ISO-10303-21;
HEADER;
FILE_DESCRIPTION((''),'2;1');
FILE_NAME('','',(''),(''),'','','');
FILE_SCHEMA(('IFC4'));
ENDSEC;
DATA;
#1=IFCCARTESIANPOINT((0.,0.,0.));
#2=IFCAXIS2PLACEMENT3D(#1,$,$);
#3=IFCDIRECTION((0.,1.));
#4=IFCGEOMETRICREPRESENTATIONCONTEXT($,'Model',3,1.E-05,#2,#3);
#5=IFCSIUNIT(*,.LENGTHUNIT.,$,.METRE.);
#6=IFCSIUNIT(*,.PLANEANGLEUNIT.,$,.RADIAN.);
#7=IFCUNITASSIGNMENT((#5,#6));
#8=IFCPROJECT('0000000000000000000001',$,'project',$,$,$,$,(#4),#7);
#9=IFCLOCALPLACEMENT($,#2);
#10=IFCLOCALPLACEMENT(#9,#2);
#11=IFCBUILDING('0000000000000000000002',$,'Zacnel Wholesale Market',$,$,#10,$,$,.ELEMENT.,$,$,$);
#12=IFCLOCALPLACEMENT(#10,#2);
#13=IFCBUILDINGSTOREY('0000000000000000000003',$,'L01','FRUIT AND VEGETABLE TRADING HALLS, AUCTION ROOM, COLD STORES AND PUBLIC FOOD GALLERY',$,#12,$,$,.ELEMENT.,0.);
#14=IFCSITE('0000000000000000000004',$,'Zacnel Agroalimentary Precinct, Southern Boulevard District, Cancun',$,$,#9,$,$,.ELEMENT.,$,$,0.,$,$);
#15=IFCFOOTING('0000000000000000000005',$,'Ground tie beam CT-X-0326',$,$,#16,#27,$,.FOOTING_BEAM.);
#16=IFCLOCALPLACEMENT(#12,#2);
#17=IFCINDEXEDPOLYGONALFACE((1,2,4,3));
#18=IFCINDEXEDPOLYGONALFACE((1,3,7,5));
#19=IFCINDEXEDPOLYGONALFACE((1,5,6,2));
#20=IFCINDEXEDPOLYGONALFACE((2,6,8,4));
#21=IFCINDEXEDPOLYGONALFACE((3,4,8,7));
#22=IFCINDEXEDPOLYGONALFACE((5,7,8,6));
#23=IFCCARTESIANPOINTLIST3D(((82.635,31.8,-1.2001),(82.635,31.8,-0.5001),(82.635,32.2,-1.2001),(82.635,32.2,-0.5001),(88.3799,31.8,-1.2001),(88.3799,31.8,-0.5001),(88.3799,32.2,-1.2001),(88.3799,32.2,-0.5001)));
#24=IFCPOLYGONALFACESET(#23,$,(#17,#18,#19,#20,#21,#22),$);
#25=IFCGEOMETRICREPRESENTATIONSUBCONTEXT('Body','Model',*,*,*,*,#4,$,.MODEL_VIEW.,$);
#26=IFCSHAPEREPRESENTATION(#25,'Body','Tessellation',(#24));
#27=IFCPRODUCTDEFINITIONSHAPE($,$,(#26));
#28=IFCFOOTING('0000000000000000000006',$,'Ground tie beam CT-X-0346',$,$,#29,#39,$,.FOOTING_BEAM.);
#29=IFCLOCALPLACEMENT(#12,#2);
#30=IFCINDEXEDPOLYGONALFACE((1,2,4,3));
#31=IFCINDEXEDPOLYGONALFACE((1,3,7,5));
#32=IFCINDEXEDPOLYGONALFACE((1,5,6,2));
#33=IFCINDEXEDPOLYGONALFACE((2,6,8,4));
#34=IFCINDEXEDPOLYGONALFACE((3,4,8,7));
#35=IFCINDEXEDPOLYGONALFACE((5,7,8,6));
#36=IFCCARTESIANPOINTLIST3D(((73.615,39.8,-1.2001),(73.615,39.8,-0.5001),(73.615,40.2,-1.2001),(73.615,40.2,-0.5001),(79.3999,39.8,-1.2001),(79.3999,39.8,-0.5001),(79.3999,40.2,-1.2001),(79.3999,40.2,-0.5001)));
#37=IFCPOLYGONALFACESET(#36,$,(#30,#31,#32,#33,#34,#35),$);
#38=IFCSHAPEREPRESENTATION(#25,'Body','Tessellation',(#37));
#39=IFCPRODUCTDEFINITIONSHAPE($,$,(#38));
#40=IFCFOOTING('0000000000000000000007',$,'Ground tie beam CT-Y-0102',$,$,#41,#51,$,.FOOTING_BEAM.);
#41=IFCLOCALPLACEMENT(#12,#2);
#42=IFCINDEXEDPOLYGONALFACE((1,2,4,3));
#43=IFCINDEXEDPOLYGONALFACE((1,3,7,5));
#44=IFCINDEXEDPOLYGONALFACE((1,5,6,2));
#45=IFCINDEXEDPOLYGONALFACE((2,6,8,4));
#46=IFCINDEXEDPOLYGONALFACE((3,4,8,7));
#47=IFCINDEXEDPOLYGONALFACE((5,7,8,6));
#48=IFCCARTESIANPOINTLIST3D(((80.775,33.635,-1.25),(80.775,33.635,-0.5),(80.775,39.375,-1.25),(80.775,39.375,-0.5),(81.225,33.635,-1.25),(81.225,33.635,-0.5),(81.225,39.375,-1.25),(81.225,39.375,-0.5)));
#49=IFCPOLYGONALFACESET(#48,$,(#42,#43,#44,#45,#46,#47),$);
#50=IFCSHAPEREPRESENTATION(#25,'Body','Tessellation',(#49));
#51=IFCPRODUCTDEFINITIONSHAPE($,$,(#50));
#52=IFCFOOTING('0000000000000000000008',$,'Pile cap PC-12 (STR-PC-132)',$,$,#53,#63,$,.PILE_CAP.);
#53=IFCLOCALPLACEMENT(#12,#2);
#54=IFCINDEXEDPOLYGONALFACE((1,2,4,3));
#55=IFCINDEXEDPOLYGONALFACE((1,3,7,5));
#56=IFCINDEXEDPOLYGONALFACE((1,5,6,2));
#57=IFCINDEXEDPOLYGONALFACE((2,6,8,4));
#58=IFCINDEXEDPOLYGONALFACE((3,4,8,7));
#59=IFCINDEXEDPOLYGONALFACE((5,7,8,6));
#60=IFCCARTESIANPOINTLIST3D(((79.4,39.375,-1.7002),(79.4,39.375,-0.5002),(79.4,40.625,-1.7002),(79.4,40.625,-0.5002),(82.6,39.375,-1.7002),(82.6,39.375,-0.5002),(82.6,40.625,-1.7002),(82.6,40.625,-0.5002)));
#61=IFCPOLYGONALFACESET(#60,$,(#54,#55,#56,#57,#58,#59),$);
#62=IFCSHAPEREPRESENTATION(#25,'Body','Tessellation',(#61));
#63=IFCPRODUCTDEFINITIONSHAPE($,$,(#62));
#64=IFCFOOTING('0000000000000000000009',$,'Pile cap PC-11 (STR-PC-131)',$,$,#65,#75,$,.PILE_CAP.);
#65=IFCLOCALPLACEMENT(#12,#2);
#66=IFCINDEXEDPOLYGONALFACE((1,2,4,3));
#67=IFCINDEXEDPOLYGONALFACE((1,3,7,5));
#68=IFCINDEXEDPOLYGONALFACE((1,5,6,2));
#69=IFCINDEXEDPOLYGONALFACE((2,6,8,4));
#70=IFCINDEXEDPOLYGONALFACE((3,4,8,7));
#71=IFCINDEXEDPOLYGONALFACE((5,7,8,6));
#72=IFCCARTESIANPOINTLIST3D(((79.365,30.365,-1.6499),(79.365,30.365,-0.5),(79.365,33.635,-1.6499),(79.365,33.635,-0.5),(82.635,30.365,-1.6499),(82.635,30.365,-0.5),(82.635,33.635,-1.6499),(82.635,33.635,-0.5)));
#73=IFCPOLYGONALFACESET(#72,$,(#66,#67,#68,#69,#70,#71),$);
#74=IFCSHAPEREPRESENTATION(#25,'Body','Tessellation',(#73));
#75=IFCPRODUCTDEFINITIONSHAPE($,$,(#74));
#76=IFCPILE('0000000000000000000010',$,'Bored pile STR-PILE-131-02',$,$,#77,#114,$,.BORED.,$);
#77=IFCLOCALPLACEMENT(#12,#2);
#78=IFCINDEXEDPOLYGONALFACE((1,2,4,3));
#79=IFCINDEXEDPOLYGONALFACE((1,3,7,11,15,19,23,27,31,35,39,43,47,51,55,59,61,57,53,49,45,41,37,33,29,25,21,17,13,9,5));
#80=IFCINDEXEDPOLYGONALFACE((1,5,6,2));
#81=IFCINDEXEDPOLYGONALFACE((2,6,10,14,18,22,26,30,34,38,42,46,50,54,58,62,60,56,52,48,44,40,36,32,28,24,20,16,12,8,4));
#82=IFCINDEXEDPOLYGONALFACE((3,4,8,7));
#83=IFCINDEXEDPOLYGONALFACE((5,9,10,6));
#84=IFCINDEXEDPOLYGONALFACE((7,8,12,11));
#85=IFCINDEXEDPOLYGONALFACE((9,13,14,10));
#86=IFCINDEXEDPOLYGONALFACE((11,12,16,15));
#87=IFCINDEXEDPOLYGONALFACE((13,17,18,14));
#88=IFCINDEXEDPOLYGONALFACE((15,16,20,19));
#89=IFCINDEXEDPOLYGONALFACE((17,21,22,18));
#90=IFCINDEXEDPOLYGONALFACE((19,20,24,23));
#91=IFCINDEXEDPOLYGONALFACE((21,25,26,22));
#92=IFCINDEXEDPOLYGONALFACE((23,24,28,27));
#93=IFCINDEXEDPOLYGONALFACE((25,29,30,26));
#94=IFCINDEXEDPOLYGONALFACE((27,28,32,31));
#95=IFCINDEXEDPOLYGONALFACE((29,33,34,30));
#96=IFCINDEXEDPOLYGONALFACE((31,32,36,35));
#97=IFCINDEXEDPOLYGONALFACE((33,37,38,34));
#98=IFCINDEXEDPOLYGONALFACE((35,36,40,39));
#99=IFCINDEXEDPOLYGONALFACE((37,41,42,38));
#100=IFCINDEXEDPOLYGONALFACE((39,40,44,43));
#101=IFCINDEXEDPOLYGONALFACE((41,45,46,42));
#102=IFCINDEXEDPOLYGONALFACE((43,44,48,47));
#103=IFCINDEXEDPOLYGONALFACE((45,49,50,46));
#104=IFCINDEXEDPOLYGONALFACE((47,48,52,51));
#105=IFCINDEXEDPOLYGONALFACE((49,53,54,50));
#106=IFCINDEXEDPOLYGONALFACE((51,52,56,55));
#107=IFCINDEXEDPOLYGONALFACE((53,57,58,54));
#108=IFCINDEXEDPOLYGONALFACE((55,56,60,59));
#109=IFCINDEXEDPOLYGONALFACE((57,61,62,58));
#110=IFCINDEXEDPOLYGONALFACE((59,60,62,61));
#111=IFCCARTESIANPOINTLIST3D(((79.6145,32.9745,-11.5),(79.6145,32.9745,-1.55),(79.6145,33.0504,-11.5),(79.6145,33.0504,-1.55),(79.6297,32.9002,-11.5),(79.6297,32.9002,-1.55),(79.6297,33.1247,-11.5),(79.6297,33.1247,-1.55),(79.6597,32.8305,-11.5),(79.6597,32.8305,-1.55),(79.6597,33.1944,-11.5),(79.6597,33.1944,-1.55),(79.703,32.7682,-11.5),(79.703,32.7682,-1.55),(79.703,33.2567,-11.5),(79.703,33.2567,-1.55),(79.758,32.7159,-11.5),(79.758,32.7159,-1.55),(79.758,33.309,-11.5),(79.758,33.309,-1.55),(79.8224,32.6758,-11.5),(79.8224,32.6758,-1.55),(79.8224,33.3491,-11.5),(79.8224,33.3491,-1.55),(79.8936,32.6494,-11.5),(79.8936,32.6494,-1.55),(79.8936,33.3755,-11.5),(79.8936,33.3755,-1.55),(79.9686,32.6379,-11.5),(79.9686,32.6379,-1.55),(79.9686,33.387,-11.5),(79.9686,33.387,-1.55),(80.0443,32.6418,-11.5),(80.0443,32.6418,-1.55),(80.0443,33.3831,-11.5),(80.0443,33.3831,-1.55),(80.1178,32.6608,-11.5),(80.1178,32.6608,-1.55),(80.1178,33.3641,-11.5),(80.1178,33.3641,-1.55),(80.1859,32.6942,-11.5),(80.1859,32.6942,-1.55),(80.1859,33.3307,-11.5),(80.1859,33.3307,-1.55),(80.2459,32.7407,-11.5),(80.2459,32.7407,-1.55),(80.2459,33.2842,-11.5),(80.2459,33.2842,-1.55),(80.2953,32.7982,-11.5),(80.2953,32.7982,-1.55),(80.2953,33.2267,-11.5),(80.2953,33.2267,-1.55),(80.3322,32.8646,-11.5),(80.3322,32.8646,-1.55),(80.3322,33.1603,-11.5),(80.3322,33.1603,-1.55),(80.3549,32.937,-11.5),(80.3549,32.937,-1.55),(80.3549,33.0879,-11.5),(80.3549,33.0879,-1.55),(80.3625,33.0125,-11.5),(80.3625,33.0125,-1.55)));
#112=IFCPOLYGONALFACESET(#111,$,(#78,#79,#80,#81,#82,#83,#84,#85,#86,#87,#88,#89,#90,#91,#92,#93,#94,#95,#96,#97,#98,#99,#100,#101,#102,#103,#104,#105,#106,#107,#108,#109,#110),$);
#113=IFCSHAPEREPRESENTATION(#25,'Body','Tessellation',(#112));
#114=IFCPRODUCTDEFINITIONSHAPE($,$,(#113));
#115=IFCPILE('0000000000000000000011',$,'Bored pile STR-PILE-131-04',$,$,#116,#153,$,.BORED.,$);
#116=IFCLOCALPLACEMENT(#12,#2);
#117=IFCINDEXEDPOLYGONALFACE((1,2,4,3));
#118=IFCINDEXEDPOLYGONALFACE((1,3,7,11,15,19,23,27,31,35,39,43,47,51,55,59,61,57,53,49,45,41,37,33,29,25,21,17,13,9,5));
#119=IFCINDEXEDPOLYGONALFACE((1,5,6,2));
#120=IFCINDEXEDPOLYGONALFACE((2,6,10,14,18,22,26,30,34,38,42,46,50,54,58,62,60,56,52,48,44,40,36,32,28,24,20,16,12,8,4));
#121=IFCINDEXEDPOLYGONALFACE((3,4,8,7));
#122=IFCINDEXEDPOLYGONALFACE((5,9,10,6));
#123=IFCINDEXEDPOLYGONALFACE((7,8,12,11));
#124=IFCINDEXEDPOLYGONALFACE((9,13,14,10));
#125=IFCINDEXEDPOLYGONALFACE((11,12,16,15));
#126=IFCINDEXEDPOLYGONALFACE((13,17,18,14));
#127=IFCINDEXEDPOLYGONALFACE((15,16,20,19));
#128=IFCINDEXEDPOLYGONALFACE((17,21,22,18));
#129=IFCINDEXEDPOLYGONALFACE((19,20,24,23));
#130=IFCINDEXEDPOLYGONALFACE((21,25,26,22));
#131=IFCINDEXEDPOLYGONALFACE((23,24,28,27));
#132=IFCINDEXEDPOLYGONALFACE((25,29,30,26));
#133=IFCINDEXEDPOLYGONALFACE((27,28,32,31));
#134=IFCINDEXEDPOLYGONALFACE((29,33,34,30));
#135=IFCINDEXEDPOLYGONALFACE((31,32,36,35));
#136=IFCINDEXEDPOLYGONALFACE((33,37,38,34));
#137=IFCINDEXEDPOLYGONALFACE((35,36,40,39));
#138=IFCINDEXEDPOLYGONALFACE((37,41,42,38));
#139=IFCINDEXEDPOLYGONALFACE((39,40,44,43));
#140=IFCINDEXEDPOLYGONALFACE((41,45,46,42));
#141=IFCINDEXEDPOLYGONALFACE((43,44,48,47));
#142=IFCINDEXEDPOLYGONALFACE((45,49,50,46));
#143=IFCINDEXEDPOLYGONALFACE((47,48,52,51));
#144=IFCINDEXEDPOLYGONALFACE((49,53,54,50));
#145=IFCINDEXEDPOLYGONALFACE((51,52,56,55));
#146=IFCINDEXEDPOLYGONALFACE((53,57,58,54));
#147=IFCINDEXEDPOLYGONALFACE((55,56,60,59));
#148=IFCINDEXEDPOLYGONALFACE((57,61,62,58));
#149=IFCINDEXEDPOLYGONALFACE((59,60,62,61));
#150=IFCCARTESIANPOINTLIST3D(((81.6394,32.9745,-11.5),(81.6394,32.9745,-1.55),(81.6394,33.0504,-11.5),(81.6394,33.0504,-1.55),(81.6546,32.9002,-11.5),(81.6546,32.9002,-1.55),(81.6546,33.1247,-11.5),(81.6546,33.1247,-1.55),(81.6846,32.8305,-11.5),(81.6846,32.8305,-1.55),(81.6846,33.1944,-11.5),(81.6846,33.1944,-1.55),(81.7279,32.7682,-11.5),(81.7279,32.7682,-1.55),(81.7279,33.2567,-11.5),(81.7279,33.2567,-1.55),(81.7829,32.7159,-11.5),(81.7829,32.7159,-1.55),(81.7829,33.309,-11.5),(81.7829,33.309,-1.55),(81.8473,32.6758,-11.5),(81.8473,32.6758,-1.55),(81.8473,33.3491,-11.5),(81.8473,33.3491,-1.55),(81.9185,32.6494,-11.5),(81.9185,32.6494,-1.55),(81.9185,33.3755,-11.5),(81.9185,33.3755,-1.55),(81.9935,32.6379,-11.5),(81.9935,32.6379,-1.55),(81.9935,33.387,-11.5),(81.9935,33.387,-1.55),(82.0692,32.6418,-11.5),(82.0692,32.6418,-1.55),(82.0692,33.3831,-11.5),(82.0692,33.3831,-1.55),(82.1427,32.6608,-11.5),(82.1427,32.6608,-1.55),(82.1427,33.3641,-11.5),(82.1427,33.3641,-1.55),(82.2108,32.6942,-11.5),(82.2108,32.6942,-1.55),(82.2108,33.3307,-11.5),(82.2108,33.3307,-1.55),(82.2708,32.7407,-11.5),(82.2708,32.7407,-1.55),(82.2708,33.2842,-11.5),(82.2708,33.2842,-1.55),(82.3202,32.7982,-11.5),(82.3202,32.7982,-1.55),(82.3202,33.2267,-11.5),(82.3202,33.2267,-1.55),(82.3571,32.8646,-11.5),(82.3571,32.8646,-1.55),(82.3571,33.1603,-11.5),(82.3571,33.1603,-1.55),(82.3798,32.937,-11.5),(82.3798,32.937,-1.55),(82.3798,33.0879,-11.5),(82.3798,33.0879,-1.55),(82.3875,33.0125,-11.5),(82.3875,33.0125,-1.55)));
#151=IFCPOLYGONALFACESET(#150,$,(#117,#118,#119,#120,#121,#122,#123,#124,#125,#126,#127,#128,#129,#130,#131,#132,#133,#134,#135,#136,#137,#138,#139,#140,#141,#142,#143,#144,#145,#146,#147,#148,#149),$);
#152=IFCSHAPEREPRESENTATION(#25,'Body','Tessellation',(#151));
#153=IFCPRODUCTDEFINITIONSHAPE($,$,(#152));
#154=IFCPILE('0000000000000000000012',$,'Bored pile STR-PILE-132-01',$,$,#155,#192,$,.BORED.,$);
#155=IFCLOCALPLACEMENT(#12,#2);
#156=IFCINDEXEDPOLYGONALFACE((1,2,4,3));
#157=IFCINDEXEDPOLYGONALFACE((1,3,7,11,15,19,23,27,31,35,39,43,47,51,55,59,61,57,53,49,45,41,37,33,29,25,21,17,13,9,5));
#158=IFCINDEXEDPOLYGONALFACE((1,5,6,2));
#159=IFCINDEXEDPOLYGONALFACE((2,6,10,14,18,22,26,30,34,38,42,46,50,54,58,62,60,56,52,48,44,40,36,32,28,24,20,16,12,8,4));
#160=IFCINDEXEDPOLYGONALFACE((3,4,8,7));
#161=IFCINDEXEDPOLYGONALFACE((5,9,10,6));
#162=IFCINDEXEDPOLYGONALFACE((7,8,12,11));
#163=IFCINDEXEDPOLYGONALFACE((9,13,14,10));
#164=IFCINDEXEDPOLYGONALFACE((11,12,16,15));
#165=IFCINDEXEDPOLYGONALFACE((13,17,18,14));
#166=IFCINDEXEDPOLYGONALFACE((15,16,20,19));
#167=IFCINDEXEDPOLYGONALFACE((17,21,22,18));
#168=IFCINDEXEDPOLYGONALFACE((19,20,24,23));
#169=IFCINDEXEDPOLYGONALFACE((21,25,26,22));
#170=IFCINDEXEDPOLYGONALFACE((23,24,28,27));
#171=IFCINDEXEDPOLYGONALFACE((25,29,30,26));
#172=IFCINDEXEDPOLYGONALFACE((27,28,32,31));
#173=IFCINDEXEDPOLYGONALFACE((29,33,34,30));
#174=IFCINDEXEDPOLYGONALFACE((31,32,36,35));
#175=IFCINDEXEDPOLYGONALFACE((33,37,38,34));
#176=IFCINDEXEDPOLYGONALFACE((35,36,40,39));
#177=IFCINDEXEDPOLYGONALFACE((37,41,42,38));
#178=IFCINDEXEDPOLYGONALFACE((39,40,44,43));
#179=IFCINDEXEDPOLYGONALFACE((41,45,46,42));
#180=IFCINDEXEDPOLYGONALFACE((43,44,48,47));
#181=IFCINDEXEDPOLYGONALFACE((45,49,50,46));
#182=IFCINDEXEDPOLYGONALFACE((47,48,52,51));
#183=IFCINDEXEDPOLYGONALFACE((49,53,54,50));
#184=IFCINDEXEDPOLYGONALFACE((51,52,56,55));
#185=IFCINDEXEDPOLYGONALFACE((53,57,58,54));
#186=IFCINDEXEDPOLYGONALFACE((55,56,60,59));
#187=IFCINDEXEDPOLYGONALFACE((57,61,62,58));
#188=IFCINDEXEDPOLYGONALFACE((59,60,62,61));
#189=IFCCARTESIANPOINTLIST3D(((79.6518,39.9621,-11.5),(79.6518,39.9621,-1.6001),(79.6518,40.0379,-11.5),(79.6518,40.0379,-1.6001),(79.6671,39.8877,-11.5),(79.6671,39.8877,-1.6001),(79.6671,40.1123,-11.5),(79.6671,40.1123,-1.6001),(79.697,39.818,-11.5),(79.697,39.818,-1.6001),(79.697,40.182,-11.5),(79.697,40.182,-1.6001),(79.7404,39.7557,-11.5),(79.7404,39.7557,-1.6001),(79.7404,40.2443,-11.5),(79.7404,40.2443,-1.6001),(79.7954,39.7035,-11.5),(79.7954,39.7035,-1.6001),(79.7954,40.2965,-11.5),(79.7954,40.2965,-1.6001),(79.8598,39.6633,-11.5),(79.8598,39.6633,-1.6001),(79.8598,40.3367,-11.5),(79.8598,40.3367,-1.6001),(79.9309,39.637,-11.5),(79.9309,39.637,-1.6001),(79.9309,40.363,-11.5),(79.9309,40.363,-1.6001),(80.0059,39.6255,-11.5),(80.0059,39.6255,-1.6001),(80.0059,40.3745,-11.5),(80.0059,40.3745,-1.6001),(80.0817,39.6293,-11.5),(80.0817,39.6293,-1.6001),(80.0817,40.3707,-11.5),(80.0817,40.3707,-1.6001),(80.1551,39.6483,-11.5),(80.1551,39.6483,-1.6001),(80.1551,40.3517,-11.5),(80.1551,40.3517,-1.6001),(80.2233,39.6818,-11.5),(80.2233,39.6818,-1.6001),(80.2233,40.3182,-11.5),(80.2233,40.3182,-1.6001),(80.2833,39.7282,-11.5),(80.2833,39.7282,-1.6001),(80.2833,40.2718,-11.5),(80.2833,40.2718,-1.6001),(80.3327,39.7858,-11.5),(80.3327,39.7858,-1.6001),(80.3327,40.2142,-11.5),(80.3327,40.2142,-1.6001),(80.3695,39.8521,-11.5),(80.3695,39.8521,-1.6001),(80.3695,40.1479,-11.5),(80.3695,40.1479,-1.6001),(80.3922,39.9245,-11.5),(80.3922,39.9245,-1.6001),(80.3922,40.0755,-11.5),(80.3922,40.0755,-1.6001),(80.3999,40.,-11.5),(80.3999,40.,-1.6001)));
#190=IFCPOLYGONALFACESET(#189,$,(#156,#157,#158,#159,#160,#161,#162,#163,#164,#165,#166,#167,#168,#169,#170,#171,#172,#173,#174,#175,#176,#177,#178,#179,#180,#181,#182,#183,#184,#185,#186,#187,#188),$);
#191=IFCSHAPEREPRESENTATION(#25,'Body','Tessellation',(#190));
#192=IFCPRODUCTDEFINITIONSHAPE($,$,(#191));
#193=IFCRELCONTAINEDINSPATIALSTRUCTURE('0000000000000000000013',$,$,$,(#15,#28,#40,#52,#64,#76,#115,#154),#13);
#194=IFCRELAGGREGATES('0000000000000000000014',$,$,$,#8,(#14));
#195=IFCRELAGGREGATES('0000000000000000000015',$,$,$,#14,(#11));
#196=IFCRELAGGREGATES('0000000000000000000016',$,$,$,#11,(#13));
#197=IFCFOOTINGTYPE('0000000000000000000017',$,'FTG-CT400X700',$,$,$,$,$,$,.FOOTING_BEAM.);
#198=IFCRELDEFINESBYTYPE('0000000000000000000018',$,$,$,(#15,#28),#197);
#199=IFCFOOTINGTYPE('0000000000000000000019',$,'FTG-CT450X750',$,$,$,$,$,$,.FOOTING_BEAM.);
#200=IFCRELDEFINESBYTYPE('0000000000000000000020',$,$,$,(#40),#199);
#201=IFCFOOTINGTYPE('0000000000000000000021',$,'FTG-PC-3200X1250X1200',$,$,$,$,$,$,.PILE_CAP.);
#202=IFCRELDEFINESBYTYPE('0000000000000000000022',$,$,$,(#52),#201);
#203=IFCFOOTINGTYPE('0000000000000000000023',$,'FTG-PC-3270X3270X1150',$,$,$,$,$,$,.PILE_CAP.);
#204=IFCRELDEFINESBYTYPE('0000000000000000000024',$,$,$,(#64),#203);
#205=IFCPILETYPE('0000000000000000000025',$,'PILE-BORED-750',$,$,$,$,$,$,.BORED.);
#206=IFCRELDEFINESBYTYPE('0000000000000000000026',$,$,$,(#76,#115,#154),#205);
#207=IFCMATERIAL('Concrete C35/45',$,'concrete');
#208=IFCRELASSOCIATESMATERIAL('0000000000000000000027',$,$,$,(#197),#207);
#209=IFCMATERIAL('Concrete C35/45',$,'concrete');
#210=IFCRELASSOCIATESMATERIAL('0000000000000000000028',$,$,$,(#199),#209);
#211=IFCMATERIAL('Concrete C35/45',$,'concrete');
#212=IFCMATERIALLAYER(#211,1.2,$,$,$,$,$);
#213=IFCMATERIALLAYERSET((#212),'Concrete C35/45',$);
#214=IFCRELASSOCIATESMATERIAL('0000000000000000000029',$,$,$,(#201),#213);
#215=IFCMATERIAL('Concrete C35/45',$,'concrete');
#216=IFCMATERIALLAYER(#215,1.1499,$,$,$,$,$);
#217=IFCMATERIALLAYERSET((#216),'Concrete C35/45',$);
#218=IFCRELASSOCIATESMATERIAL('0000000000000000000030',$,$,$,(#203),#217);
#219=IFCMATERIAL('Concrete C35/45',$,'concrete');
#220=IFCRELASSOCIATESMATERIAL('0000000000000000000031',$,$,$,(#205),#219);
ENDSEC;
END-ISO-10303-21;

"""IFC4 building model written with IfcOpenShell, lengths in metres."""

from ifc_helpers import new_model, si_unit, direction, frame, origin, origin_2d, place, context, subcontext, project, spatial, rectangle, circle, extrude, material, layer, layer_set, material_profile, profile_set, type_object, element, save


model = new_model("IFC4")

# Units and contexts
model_context = context("Model", 3, precision=1e-05, world=origin(), true_north=direction((0.0, 1.0)))
body_context = subcontext(model_context, "Body", "Model", "MODEL_VIEW")
ifc_project = project(units=[si_unit("LENGTHUNIT", "METRE"), si_unit("PLANEANGLEUNIT", "RADIAN")], contexts=[model_context])

# Site, building, storey
site_placement = place(None, origin())
site = spatial("IfcSite", under=ifc_project, at=site_placement, Name="Zacnel Agroalimentary Precinct, Southern Boulevard District, Cancun", CompositionType="ELEMENT", RefElevation=0.0)
building_placement = place(site_placement, origin())
building = spatial("IfcBuilding", under=site, at=building_placement, Name="Zacnel Wholesale Market", CompositionType="ELEMENT")
storey_placement = place(building_placement, origin())
storey = spatial("IfcBuildingStorey", under=building, at=storey_placement, Name="L01", Description="FRUIT AND VEGETABLE TRADING HALLS, AUCTION ROOM, COLD STORES AND PUBLIC FOOD GALLERY", CompositionType="ELEMENT", Elevation=0.0)

# Footings
ifc_material_1 = material(Name="Concrete C35/45", Category="concrete")
ifc_material_profile_1 = material_profile(ifc_material_1, rectangle(XDim=0.3999, YDim=0.7, at=origin_2d()), Name="CT 400x700")
ifc_profile_set_1 = profile_set([ifc_material_profile_1], Name="Concrete C35/45")
footing_type_1 = type_object("IfcFootingType", Name="FTG-CT400X700", PredefinedType="FOOTING_BEAM", material=ifc_profile_set_1)
footing_1_placement = place(storey_placement, frame((82.635, 32.0, -0.8501), z_axis=(1.0, 0.0, 0.0), x_axis=(0.0, 1.0, 0.0)))
element("IfcFooting", 1, at=footing_1_placement, inside=storey, type_object=footing_type_1, Name="Ground tie beam CT-X-0326", PredefinedType="FOOTING_BEAM", context=body_context, shape_type="SweptSolid", body=[
    extrude(rectangle(XDim=0.3999, YDim=0.7, at=origin_2d()), origin(), (0.0, 0.0, 1.0), 5.7449),
])
footing_2_placement = place(storey_placement, frame((73.615, 40.0, -0.8501), z_axis=(1.0, 0.0, 0.0), x_axis=(0.0, 1.0, 0.0)))
element("IfcFooting", 2, at=footing_2_placement, inside=storey, type_object=footing_type_1, Name="Ground tie beam CT-X-0346", PredefinedType="FOOTING_BEAM", context=body_context, shape_type="SweptSolid", body=[
    extrude(rectangle(XDim=0.3999, YDim=0.7, at=origin_2d()), origin(), (0.0, 0.0, 1.0), 5.7849),
])
ifc_material_2 = material(Name="Concrete C35/45", Category="concrete")
ifc_material_profile_2 = material_profile(ifc_material_2, rectangle(XDim=0.45, YDim=0.75, at=origin_2d()), Name="CT 450x750")
ifc_profile_set_2 = profile_set([ifc_material_profile_2], Name="Concrete C35/45")
footing_type_2 = type_object("IfcFootingType", Name="FTG-CT450X750", PredefinedType="FOOTING_BEAM", material=ifc_profile_set_2)
footing_3_placement = place(storey_placement, frame((81.0, 33.635, -0.875), z_axis=(0.0, 1.0, 0.0), x_axis=(-1.0, 0.0, 0.0)))
element("IfcFooting", 3, at=footing_3_placement, inside=storey, type_object=footing_type_2, Name="Ground tie beam CT-Y-0102", PredefinedType="FOOTING_BEAM", context=body_context, shape_type="SweptSolid", body=[
    extrude(rectangle(XDim=0.45, YDim=0.75, at=origin_2d()), origin(), (0.0, 0.0, 1.0), 5.74),
])
ifc_material_3 = material(Name="Concrete C35/45", Category="concrete")
ifc_layer_1 = layer(ifc_material_3, 1.2)
ifc_layer_set_1 = layer_set([ifc_layer_1], Name="Concrete C35/45")
footing_type_3 = type_object("IfcFootingType", Name="FTG-PC-3200X1250X1200", PredefinedType="PILE_CAP", material=ifc_layer_set_1)
footing_4_placement = place(storey_placement, frame((81.0, 40.0, -1.7002), z_axis=(0.0, 0.0, 1.0), x_axis=(1.0, 0.0, 0.0)))
element("IfcFooting", 4, at=footing_4_placement, inside=storey, type_object=footing_type_3, Name="Pile cap PC-12 (STR-PC-132)", PredefinedType="PILE_CAP", context=body_context, shape_type="SweptSolid", body=[
    extrude(rectangle(XDim=3.2, YDim=1.25, at=origin_2d()), origin(), (0.0, 0.0, 1.0), 1.2),
])
ifc_material_4 = material(Name="Concrete C35/45", Category="concrete")
ifc_layer_2 = layer(ifc_material_4, 1.1499)
ifc_layer_set_2 = layer_set([ifc_layer_2], Name="Concrete C35/45")
footing_type_4 = type_object("IfcFootingType", Name="FTG-PC-3270X3270X1150", PredefinedType="PILE_CAP", material=ifc_layer_set_2)
footing_5_placement = place(storey_placement, frame((81.0, 32.0, -1.6499), z_axis=(0.0, 0.0, 1.0), x_axis=(1.0, 0.0, 0.0)))
element("IfcFooting", 5, at=footing_5_placement, inside=storey, type_object=footing_type_4, Name="Pile cap PC-11 (STR-PC-131)", PredefinedType="PILE_CAP", context=body_context, shape_type="SweptSolid", body=[
    extrude(rectangle(XDim=3.27, YDim=3.27, at=origin_2d()), origin(), (0.0, 0.0, 1.0), 1.1499),
])

# Piles
ifc_material_5 = material(Name="Concrete C35/45", Category="concrete")
ifc_material_profile_3 = material_profile(ifc_material_5, circle(Radius=0.375, at=origin_2d()), Name="BORED PILE D750")
ifc_profile_set_3 = profile_set([ifc_material_profile_3], Name="Concrete C35/45")
pile_type = type_object("IfcPileType", Name="PILE-BORED-750", PredefinedType="BORED", material=ifc_profile_set_3)
for number, where, z_axis, x_axis, name in (
    (6, (79.9875, 33.0125, -1.55), (0.0, 0.0, -1.0), (1.0, 0.0, 0.0), "Bored pile STR-PILE-131-02"),
    (7, (82.0125, 33.0125, -1.55), (0.0, 0.0, -1.0), (1.0, 0.0, 0.0), "Bored pile STR-PILE-131-04"),
):
    element("IfcPile", number, at=place(storey_placement, frame(where, z_axis=z_axis, x_axis=x_axis)), inside=storey, type_object=pile_type, Name=name, PredefinedType="BORED", context=body_context, shape_type="SweptSolid", body=[
        extrude(circle(Radius=0.375, at=origin_2d()), origin(), (0.0, 0.0, 1.0), 9.95),
    ])
pile_1_placement = place(storey_placement, frame((80.0249, 40.0, -1.6001), z_axis=(0.0, 0.0, -1.0), x_axis=(1.0, 0.0, 0.0)))
element("IfcPile", 8, at=pile_1_placement, inside=storey, type_object=pile_type, Name="Bored pile STR-PILE-132-01", PredefinedType="BORED", context=body_context, shape_type="SweptSolid", body=[
    extrude(circle(Radius=0.375, at=origin_2d()), origin(), (0.0, 0.0, 1.0), 9.8999),
])

save(model, "model.ifc")
